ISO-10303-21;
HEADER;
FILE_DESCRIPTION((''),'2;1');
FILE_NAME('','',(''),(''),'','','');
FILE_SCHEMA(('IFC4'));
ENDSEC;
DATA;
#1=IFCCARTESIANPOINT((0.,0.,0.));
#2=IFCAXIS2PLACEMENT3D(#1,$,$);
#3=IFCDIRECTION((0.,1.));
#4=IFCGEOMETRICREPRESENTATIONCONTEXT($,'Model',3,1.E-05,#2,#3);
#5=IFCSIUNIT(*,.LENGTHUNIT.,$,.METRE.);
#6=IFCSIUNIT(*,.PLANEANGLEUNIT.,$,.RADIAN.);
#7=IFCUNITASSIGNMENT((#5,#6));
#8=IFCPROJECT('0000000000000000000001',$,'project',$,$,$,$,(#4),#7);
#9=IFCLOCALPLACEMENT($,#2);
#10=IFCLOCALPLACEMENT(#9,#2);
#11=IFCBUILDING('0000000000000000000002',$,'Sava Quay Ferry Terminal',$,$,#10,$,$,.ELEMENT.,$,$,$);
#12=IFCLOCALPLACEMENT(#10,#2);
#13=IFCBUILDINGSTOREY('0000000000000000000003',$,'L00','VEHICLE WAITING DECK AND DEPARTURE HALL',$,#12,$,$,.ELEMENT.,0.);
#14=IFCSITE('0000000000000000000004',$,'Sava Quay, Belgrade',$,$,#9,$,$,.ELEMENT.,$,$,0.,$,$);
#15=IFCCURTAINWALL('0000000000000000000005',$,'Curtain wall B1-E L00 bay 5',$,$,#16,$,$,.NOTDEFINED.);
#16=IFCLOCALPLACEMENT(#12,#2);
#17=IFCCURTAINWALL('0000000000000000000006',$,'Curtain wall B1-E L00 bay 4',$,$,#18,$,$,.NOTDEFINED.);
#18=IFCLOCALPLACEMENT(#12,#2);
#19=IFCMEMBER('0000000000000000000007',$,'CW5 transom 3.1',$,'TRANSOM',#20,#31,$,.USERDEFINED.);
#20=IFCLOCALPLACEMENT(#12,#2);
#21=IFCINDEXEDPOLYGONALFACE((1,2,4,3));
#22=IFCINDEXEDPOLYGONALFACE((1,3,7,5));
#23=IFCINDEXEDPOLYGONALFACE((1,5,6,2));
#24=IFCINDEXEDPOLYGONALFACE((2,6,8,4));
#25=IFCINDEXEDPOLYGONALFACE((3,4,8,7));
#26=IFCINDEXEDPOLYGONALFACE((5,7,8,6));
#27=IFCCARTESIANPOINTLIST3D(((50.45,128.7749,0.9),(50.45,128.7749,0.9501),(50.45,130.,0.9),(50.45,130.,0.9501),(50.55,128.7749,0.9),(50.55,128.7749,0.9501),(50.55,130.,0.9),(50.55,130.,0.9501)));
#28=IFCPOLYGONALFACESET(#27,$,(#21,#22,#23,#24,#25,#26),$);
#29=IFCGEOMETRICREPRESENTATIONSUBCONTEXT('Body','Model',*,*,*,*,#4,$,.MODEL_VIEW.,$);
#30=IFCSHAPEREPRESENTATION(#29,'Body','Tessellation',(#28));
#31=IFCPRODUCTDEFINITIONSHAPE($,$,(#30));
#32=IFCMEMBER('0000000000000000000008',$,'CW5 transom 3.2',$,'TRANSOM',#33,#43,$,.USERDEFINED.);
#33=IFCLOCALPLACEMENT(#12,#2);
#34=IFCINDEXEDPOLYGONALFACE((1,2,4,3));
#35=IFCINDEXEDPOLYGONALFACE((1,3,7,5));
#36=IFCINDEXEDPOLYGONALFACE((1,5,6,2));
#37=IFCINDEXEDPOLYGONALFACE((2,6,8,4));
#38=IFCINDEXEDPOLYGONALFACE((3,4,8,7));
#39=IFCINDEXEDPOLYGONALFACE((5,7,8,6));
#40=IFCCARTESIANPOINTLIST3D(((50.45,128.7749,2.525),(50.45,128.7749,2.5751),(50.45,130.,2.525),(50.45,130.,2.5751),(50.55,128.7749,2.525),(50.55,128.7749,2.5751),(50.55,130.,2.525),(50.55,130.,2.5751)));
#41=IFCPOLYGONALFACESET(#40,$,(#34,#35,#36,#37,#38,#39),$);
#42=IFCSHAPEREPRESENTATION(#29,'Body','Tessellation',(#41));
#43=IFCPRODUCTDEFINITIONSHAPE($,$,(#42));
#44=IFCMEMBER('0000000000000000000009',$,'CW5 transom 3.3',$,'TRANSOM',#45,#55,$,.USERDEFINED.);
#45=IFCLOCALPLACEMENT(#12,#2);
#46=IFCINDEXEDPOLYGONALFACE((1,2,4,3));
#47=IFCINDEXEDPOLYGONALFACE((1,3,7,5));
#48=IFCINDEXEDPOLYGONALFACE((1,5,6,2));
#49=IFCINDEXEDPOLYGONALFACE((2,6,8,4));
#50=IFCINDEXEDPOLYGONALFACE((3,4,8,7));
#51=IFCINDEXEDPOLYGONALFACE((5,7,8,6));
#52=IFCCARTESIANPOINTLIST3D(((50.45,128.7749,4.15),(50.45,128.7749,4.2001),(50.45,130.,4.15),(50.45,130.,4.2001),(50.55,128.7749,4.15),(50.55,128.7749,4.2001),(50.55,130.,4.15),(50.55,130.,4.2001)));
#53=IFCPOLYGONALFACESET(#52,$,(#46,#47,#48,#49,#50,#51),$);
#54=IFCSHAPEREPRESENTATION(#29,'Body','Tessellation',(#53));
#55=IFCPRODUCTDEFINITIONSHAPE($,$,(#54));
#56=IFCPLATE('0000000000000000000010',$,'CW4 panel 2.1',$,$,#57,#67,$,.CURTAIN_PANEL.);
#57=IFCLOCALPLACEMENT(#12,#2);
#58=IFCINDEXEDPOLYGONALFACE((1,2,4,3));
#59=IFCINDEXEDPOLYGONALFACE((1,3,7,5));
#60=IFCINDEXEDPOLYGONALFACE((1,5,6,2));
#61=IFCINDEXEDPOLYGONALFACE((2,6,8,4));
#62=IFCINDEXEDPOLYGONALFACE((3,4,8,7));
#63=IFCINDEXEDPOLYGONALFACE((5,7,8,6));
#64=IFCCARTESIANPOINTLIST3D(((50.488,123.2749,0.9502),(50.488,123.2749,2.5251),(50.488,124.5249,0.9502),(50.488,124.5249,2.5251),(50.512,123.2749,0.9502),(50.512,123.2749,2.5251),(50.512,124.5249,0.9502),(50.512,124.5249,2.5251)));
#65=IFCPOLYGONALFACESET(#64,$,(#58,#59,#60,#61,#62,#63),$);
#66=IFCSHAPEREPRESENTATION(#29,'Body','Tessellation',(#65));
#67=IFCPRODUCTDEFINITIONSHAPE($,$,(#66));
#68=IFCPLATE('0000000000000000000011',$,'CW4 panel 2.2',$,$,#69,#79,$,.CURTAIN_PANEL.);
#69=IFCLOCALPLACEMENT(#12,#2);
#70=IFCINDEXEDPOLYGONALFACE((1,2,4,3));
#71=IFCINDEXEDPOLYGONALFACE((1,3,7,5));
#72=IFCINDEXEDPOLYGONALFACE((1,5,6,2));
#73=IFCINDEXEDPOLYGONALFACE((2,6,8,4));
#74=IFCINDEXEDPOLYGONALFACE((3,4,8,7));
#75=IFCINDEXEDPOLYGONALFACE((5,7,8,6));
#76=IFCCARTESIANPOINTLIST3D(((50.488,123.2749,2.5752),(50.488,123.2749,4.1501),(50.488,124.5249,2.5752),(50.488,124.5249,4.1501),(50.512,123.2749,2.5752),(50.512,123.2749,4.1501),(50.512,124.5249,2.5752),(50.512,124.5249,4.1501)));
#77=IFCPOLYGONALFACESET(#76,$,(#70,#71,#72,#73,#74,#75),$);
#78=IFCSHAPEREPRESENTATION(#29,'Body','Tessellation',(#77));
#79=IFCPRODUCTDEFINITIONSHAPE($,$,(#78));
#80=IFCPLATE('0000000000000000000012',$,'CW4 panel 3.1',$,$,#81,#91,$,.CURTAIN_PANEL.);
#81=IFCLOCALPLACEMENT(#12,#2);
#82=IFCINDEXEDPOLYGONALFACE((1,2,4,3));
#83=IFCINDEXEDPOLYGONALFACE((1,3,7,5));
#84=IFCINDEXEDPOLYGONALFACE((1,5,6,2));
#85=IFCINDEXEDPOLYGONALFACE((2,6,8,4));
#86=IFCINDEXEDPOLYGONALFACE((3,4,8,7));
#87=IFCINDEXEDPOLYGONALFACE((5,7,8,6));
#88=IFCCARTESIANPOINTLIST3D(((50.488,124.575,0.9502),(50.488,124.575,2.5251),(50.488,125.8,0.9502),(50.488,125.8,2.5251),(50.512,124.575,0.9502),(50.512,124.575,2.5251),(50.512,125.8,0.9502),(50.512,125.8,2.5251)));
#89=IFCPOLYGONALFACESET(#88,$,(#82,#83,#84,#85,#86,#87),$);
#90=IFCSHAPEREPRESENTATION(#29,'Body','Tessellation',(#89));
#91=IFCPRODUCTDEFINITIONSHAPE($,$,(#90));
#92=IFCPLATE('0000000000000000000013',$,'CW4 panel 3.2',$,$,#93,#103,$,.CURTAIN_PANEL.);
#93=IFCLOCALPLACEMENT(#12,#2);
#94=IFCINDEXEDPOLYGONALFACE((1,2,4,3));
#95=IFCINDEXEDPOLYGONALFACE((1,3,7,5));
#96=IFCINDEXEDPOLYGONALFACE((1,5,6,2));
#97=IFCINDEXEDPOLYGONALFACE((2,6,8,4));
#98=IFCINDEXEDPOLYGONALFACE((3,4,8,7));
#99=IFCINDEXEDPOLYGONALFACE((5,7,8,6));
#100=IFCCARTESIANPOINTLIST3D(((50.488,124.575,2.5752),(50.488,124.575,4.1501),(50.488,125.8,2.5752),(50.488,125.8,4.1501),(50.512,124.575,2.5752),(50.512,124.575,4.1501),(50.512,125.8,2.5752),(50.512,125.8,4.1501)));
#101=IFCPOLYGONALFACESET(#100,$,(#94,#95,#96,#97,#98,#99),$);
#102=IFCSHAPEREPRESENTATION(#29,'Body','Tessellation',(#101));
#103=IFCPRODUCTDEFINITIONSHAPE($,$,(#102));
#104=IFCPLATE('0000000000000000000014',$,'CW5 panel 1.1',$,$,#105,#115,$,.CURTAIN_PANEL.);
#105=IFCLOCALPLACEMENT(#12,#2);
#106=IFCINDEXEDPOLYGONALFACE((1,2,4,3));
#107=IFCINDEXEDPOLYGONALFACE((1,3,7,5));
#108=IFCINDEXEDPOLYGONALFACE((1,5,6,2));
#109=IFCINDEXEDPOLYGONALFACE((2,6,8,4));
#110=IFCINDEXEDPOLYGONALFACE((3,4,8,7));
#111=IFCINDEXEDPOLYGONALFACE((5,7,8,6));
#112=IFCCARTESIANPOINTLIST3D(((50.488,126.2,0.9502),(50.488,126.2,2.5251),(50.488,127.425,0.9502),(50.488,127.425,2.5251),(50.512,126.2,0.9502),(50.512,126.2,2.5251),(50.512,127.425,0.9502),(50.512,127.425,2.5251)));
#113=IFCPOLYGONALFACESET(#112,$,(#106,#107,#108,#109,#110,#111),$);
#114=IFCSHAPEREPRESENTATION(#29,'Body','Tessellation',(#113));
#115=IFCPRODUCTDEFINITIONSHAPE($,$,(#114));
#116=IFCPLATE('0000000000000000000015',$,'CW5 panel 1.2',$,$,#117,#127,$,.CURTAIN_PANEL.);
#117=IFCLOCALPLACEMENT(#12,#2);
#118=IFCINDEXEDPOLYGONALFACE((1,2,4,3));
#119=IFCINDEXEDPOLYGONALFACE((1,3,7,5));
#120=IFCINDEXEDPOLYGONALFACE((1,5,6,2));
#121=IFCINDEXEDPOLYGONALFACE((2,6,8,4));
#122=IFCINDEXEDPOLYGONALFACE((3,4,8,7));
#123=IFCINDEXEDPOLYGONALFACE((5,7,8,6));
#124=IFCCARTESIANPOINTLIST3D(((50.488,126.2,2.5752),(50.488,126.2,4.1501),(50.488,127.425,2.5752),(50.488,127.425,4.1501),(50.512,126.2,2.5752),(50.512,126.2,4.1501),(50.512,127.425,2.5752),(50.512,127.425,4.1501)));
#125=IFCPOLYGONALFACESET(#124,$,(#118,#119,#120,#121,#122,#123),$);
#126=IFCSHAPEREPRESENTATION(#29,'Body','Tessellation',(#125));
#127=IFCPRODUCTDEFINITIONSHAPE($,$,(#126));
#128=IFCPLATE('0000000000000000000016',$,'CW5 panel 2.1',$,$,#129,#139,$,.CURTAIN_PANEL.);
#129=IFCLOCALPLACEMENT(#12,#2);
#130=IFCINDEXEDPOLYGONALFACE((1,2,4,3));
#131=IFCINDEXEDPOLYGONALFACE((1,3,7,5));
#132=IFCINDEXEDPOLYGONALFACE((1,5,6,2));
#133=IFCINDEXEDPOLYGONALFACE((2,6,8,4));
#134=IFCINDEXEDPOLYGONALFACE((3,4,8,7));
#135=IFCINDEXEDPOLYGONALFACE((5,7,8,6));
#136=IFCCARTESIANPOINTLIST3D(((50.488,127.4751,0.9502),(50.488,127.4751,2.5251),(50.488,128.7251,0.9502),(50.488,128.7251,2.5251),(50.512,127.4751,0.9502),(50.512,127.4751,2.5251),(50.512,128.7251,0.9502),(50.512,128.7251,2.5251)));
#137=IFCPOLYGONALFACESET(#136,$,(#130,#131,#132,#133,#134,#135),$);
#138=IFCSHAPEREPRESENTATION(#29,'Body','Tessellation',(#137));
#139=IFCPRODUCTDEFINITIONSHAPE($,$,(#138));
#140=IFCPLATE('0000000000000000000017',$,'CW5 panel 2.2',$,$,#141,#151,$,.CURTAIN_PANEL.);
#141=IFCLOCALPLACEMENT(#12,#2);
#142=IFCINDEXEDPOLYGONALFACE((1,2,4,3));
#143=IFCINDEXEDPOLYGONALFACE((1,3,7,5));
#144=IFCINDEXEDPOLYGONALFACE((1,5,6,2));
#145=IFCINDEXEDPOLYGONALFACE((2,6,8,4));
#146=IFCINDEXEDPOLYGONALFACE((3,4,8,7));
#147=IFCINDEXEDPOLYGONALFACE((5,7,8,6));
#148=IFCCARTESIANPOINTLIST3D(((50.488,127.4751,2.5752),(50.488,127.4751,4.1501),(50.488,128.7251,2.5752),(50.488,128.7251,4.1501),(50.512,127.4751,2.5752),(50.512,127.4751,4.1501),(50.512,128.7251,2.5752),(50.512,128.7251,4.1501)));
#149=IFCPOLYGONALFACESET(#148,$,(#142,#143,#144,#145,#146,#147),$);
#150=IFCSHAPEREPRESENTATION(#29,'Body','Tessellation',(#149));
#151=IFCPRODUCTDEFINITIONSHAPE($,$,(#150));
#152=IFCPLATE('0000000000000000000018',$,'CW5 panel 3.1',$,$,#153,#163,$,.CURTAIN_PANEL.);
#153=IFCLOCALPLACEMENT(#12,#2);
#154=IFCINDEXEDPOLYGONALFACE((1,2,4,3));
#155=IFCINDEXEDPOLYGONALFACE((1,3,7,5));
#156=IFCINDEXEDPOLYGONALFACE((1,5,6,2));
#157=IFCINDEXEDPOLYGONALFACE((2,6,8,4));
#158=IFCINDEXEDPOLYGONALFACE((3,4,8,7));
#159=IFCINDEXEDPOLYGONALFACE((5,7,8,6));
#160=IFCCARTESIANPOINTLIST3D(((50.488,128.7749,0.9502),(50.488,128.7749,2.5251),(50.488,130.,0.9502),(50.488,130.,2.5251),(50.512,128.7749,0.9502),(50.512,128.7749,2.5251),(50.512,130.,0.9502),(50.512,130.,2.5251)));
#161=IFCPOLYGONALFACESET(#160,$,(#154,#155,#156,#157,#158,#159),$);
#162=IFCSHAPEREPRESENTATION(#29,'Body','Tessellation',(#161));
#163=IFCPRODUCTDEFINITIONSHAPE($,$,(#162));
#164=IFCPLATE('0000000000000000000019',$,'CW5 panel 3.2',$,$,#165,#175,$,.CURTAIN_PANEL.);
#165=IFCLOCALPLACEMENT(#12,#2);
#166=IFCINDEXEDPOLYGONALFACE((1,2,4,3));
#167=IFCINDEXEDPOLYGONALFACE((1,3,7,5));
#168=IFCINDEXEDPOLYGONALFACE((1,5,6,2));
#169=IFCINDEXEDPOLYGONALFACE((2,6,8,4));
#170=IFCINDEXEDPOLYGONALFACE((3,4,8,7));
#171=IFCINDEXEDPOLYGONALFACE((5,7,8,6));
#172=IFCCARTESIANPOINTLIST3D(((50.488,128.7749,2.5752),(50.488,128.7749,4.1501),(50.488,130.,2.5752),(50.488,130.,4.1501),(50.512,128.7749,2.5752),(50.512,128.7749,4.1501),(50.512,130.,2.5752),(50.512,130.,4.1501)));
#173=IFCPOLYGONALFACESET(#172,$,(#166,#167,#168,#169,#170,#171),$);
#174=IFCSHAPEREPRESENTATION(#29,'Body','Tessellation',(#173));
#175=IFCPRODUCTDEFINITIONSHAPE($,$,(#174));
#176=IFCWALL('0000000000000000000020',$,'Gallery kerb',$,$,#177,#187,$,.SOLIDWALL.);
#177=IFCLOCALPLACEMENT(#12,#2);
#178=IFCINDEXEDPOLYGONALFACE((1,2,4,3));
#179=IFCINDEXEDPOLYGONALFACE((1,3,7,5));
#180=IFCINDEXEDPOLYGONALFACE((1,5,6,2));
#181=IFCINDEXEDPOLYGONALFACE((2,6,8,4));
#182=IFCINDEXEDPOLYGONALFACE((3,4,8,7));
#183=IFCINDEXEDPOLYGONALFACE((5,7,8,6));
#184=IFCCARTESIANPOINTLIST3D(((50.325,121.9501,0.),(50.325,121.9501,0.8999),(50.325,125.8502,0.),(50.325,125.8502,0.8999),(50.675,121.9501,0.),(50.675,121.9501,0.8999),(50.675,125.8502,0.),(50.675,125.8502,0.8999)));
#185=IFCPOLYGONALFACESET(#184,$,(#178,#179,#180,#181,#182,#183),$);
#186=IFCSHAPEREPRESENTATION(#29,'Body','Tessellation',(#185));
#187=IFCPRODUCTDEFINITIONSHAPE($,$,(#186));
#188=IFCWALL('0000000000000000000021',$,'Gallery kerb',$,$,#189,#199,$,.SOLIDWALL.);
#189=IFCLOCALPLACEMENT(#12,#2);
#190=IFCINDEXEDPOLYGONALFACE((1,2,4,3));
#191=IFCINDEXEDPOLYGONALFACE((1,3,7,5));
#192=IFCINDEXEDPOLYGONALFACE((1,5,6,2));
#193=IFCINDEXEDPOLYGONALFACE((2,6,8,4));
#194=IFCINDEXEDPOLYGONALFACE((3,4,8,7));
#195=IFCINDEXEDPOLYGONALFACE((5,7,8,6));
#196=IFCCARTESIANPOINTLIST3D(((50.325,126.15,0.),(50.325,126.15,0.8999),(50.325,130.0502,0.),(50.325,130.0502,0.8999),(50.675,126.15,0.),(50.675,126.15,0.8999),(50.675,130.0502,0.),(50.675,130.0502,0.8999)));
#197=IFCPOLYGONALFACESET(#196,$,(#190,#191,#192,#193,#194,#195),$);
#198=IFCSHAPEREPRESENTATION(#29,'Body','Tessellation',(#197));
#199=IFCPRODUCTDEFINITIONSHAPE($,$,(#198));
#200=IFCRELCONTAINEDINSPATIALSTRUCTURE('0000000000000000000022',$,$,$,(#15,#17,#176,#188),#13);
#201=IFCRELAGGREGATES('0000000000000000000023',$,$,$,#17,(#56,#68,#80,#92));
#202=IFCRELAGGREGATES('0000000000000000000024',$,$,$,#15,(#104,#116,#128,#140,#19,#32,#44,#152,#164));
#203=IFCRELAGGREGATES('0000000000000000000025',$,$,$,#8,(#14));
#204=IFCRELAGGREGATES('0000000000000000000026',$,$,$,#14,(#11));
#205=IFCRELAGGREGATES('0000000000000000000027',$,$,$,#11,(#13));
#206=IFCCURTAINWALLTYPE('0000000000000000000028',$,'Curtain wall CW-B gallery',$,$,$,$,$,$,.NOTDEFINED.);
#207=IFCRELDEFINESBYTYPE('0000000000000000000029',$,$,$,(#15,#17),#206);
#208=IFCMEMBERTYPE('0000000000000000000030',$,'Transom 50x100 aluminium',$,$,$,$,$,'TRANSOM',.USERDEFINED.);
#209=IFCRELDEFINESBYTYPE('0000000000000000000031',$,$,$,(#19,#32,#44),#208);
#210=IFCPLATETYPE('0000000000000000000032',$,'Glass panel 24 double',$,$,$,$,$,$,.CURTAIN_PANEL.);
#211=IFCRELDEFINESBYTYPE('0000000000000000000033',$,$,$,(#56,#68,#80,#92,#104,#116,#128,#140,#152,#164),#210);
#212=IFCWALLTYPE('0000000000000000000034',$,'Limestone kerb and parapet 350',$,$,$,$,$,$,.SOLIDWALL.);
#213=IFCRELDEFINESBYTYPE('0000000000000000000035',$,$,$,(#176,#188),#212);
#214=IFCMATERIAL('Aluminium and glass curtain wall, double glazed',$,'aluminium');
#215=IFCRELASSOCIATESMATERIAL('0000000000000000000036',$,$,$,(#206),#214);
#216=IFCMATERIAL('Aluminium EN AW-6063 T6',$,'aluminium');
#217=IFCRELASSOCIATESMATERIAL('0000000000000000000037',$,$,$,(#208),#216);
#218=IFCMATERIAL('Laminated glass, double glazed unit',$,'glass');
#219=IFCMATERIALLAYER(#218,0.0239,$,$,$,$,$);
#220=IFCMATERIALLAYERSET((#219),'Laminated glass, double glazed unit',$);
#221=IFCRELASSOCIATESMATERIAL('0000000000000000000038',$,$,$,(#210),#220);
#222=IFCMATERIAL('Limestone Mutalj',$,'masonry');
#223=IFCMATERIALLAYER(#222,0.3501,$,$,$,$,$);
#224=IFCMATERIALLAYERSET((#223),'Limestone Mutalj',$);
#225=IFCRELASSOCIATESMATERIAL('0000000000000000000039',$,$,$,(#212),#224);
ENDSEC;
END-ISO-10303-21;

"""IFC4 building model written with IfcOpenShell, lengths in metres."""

from ifc_helpers import new_model, si_unit, direction, frame, frame_2d, origin, origin_2d, place, context, subcontext, project, spatial, rectangle, extrude, material, layer, layer_set, material_profile, profile_set, type_object, element, aggregate, save


model = new_model("IFC4")

# Units and contexts
model_context = context("Model", 3, precision=1e-05, world=origin(), true_north=direction((0.0, 1.0)))
body_context = subcontext(model_context, "Body", "Model", "MODEL_VIEW")
ifc_project = project(units=[si_unit("LENGTHUNIT", "METRE"), si_unit("PLANEANGLEUNIT", "RADIAN")], contexts=[model_context])

# Site, building, storey
site_placement = place(None, origin())
site = spatial("IfcSite", under=ifc_project, at=site_placement, Name="Sava Quay, Belgrade", CompositionType="ELEMENT", RefElevation=0.0)
building_placement = place(site_placement, origin())
building = spatial("IfcBuilding", under=site, at=building_placement, Name="Sava Quay Ferry Terminal", CompositionType="ELEMENT")
storey_placement = place(building_placement, origin())
storey = spatial("IfcBuildingStorey", under=building, at=storey_placement, Name="L00", Description="VEHICLE WAITING DECK AND DEPARTURE HALL", CompositionType="ELEMENT", Elevation=0.0)

# Curtain walls
ifc_material_1 = material(Name="Aluminium and glass curtain wall, double glazed", Category="aluminium")
curtain_wall_type = type_object("IfcCurtainWallType", Name="Curtain wall CW-B gallery", PredefinedType="NOTDEFINED", material=ifc_material_1)
curtain_wall_1_placement = place(storey_placement, origin())
curtain_wall_1 = element("IfcCurtainWall", 1, at=curtain_wall_1_placement, inside=storey, type_object=curtain_wall_type, Name="Curtain wall B1-E L00 bay 5", PredefinedType="NOTDEFINED")
curtain_wall_2_placement = place(storey_placement, origin())
curtain_wall_2 = element("IfcCurtainWall", 2, at=curtain_wall_2_placement, inside=storey, type_object=curtain_wall_type, Name="Curtain wall B1-E L00 bay 4", PredefinedType="NOTDEFINED")
ifc_material_2 = material(Name="Aluminium EN AW-6063 T6", Category="aluminium")
ifc_material_profile_1 = material_profile(ifc_material_2, rectangle(XDim=0.1001, YDim=0.05, at=origin_2d()), Name="Transom 50x100 aluminium")
ifc_profile_set_1 = profile_set([ifc_material_profile_1], Name="Aluminium EN AW-6063 T6")
member_type_1 = type_object("IfcMemberType", Name="Transom 50x100 aluminium", ElementType="TRANSOM", PredefinedType="USERDEFINED", material=ifc_profile_set_1)

# Members
member_1_placement = place(storey_placement, frame((50.5, 128.7749, 0.925), z_axis=(0.0, 1.0, 0.0), x_axis=(-1.0, 0.0, 0.0)))
member_1 = element("IfcMember", 3, at=member_1_placement, type_object=member_type_1, Name="CW5 transom 3.1", ObjectType="TRANSOM", PredefinedType="USERDEFINED", context=body_context, shape_type="SweptSolid", body=[
    extrude(rectangle(XDim=0.1001, YDim=0.05, at=origin_2d()), origin(), (0.0, 0.0, 1.0), 1.2251),
])
member_2_placement = place(storey_placement, frame((50.5, 128.7749, 2.55), z_axis=(0.0, 1.0, 0.0), x_axis=(-1.0, 0.0, 0.0)))
member_2 = element("IfcMember", 4, at=member_2_placement, type_object=member_type_1, Name="CW5 transom 3.2", ObjectType="TRANSOM", PredefinedType="USERDEFINED", context=body_context, shape_type="SweptSolid", body=[
    extrude(rectangle(XDim=0.1001, YDim=0.05, at=origin_2d()), origin(), (0.0, 0.0, 1.0), 1.2251),
])
member_3_placement = place(storey_placement, frame((50.5, 128.7749, 4.175), z_axis=(0.0, 1.0, 0.0), x_axis=(-1.0, 0.0, 0.0)))
member_3 = element("IfcMember", 5, at=member_3_placement, type_object=member_type_1, Name="CW5 transom 3.3", ObjectType="TRANSOM", PredefinedType="USERDEFINED", context=body_context, shape_type="SweptSolid", body=[
    extrude(rectangle(XDim=0.1001, YDim=0.05, at=origin_2d()), origin(), (0.0, 0.0, 1.0), 1.2251),
])

# Plates
ifc_material_3 = material(Name="Laminated glass, double glazed unit", Category="glass")
ifc_layer_1 = layer(ifc_material_3, 0.0239)
ifc_layer_set_1 = layer_set([ifc_layer_1], Name="Laminated glass, double glazed unit")
plate_type = type_object("IfcPlateType", Name="Glass panel 24 double", PredefinedType="CURTAIN_PANEL", material=ifc_layer_set_1)
plate_1_placement = place(storey_placement, frame((50.5, 123.8999, 0.9502), z_axis=(0.0, 0.0, 1.0), x_axis=(0.0, 1.0, 0.0)))
plate_1 = element("IfcPlate", 6, at=plate_1_placement, type_object=plate_type, Name="CW4 panel 2.1", PredefinedType="CURTAIN_PANEL", context=body_context, shape_type="SweptSolid", body=[
    extrude(rectangle(XDim=1.25, YDim=0.0239, at=origin_2d()), origin(), (0.0, 0.0, 1.0), 1.575),
])
plate_2_placement = place(storey_placement, frame((50.5, 123.8999, 2.5752), z_axis=(0.0, 0.0, 1.0), x_axis=(0.0, 1.0, 0.0)))
plate_2 = element("IfcPlate", 7, at=plate_2_placement, type_object=plate_type, Name="CW4 panel 2.2", PredefinedType="CURTAIN_PANEL", context=body_context, shape_type="SweptSolid", body=[
    extrude(rectangle(XDim=1.25, YDim=0.0239, at=origin_2d()), origin(), (0.0, 0.0, 1.0), 1.575),
])
plate_3_placement = place(storey_placement, frame((50.5, 125.1875, 0.9502), z_axis=(0.0, 0.0, 1.0), x_axis=(0.0, 1.0, 0.0)))
plate_3 = element("IfcPlate", 8, at=plate_3_placement, type_object=plate_type, Name="CW4 panel 3.1", PredefinedType="CURTAIN_PANEL", context=body_context, shape_type="SweptSolid", body=[
    extrude(rectangle(XDim=1.2251, YDim=0.0239, at=origin_2d()), origin(), (0.0, 0.0, 1.0), 1.575),
])
plate_4_placement = place(storey_placement, frame((50.5, 125.1875, 2.5752), z_axis=(0.0, 0.0, 1.0), x_axis=(0.0, 1.0, 0.0)))
plate_4 = element("IfcPlate", 9, at=plate_4_placement, type_object=plate_type, Name="CW4 panel 3.2", PredefinedType="CURTAIN_PANEL", context=body_context, shape_type="SweptSolid", body=[
    extrude(rectangle(XDim=1.2251, YDim=0.0239, at=origin_2d()), origin(), (0.0, 0.0, 1.0), 1.575),
])
aggregate(curtain_wall_2, [plate_1, plate_2, plate_3, plate_4])
plate_5_placement = place(storey_placement, frame((50.5, 126.8125, 0.9502), z_axis=(0.0, 0.0, 1.0), x_axis=(0.0, 1.0, 0.0)))
plate_5 = element("IfcPlate", 10, at=plate_5_placement, type_object=plate_type, Name="CW5 panel 1.1", PredefinedType="CURTAIN_PANEL", context=body_context, shape_type="SweptSolid", body=[
    extrude(rectangle(XDim=1.2251, YDim=0.0239, at=origin_2d()), origin(), (0.0, 0.0, 1.0), 1.575),
])
plate_6_placement = place(storey_placement, frame((50.5, 126.8125, 2.5752), z_axis=(0.0, 0.0, 1.0), x_axis=(0.0, 1.0, 0.0)))
plate_6 = element("IfcPlate", 11, at=plate_6_placement, type_object=plate_type, Name="CW5 panel 1.2", PredefinedType="CURTAIN_PANEL", context=body_context, shape_type="SweptSolid", body=[
    extrude(rectangle(XDim=1.2251, YDim=0.0239, at=origin_2d()), origin(), (0.0, 0.0, 1.0), 1.575),
])
plate_7_placement = place(storey_placement, frame((50.5, 128.1001, 0.9502), z_axis=(0.0, 0.0, 1.0), x_axis=(0.0, 1.0, 0.0)))
plate_7 = element("IfcPlate", 12, at=plate_7_placement, type_object=plate_type, Name="CW5 panel 2.1", PredefinedType="CURTAIN_PANEL", context=body_context, shape_type="SweptSolid", body=[
    extrude(rectangle(XDim=1.25, YDim=0.0239, at=origin_2d()), origin(), (0.0, 0.0, 1.0), 1.575),
])
plate_8_placement = place(storey_placement, frame((50.5, 128.1001, 2.5752), z_axis=(0.0, 0.0, 1.0), x_axis=(0.0, 1.0, 0.0)))
plate_8 = element("IfcPlate", 13, at=plate_8_placement, type_object=plate_type, Name="CW5 panel 2.2", PredefinedType="CURTAIN_PANEL", context=body_context, shape_type="SweptSolid", body=[
    extrude(rectangle(XDim=1.25, YDim=0.0239, at=origin_2d()), origin(), (0.0, 0.0, 1.0), 1.575),
])
plate_9_placement = place(storey_placement, frame((50.5, 129.3875, 0.9502), z_axis=(0.0, 0.0, 1.0), x_axis=(0.0, 1.0, 0.0)))
plate_9 = element("IfcPlate", 14, at=plate_9_placement, type_object=plate_type, Name="CW5 panel 3.1", PredefinedType="CURTAIN_PANEL", context=body_context, shape_type="SweptSolid", body=[
    extrude(rectangle(XDim=1.2251, YDim=0.0239, at=origin_2d()), origin(), (0.0, 0.0, 1.0), 1.575),
])
plate_10_placement = place(storey_placement, frame((50.5, 129.3875, 2.5752), z_axis=(0.0, 0.0, 1.0), x_axis=(0.0, 1.0, 0.0)))
plate_10 = element("IfcPlate", 15, at=plate_10_placement, type_object=plate_type, Name="CW5 panel 3.2", PredefinedType="CURTAIN_PANEL", context=body_context, shape_type="SweptSolid", body=[
    extrude(rectangle(XDim=1.2251, YDim=0.0239, at=origin_2d()), origin(), (0.0, 0.0, 1.0), 1.575),
])
aggregate(curtain_wall_1, [plate_5, plate_6, plate_7, plate_8, member_1, member_2, member_3, plate_9, plate_10])

# Walls
ifc_material_4 = material(Name="Limestone Mutalj", Category="masonry")
ifc_layer_2 = layer(ifc_material_4, 0.3501)
ifc_layer_set_2 = layer_set([ifc_layer_2], Name="Limestone Mutalj")
wall_type = type_object("IfcWallType", Name="Limestone kerb and parapet 350", PredefinedType="SOLIDWALL", material=ifc_layer_set_2)
for number, where, z_axis, x_axis, name in (
    (16, (50.5, 121.95, 0.0), (0.0, 0.0, 1.0), (0.0, 1.0, 0.0), "Gallery kerb"),
    (17, (50.5, 126.1499, 0.0), (0.0, 0.0, 1.0), (0.0, 1.0, 0.0), "Gallery kerb"),
):
    element("IfcWall", number, at=place(storey_placement, frame(where, z_axis=z_axis, x_axis=x_axis)), inside=storey, type_object=wall_type, Name=name, PredefinedType="SOLIDWALL", context=body_context, shape_type="SweptSolid", body=[
        extrude(rectangle(XDim=3.9001, YDim=0.3501, at=frame_2d((1.9502, 0.0))), origin(), (0.0, 0.0, 1.0), 0.8999),
    ])

save(model, "model.ifc")
